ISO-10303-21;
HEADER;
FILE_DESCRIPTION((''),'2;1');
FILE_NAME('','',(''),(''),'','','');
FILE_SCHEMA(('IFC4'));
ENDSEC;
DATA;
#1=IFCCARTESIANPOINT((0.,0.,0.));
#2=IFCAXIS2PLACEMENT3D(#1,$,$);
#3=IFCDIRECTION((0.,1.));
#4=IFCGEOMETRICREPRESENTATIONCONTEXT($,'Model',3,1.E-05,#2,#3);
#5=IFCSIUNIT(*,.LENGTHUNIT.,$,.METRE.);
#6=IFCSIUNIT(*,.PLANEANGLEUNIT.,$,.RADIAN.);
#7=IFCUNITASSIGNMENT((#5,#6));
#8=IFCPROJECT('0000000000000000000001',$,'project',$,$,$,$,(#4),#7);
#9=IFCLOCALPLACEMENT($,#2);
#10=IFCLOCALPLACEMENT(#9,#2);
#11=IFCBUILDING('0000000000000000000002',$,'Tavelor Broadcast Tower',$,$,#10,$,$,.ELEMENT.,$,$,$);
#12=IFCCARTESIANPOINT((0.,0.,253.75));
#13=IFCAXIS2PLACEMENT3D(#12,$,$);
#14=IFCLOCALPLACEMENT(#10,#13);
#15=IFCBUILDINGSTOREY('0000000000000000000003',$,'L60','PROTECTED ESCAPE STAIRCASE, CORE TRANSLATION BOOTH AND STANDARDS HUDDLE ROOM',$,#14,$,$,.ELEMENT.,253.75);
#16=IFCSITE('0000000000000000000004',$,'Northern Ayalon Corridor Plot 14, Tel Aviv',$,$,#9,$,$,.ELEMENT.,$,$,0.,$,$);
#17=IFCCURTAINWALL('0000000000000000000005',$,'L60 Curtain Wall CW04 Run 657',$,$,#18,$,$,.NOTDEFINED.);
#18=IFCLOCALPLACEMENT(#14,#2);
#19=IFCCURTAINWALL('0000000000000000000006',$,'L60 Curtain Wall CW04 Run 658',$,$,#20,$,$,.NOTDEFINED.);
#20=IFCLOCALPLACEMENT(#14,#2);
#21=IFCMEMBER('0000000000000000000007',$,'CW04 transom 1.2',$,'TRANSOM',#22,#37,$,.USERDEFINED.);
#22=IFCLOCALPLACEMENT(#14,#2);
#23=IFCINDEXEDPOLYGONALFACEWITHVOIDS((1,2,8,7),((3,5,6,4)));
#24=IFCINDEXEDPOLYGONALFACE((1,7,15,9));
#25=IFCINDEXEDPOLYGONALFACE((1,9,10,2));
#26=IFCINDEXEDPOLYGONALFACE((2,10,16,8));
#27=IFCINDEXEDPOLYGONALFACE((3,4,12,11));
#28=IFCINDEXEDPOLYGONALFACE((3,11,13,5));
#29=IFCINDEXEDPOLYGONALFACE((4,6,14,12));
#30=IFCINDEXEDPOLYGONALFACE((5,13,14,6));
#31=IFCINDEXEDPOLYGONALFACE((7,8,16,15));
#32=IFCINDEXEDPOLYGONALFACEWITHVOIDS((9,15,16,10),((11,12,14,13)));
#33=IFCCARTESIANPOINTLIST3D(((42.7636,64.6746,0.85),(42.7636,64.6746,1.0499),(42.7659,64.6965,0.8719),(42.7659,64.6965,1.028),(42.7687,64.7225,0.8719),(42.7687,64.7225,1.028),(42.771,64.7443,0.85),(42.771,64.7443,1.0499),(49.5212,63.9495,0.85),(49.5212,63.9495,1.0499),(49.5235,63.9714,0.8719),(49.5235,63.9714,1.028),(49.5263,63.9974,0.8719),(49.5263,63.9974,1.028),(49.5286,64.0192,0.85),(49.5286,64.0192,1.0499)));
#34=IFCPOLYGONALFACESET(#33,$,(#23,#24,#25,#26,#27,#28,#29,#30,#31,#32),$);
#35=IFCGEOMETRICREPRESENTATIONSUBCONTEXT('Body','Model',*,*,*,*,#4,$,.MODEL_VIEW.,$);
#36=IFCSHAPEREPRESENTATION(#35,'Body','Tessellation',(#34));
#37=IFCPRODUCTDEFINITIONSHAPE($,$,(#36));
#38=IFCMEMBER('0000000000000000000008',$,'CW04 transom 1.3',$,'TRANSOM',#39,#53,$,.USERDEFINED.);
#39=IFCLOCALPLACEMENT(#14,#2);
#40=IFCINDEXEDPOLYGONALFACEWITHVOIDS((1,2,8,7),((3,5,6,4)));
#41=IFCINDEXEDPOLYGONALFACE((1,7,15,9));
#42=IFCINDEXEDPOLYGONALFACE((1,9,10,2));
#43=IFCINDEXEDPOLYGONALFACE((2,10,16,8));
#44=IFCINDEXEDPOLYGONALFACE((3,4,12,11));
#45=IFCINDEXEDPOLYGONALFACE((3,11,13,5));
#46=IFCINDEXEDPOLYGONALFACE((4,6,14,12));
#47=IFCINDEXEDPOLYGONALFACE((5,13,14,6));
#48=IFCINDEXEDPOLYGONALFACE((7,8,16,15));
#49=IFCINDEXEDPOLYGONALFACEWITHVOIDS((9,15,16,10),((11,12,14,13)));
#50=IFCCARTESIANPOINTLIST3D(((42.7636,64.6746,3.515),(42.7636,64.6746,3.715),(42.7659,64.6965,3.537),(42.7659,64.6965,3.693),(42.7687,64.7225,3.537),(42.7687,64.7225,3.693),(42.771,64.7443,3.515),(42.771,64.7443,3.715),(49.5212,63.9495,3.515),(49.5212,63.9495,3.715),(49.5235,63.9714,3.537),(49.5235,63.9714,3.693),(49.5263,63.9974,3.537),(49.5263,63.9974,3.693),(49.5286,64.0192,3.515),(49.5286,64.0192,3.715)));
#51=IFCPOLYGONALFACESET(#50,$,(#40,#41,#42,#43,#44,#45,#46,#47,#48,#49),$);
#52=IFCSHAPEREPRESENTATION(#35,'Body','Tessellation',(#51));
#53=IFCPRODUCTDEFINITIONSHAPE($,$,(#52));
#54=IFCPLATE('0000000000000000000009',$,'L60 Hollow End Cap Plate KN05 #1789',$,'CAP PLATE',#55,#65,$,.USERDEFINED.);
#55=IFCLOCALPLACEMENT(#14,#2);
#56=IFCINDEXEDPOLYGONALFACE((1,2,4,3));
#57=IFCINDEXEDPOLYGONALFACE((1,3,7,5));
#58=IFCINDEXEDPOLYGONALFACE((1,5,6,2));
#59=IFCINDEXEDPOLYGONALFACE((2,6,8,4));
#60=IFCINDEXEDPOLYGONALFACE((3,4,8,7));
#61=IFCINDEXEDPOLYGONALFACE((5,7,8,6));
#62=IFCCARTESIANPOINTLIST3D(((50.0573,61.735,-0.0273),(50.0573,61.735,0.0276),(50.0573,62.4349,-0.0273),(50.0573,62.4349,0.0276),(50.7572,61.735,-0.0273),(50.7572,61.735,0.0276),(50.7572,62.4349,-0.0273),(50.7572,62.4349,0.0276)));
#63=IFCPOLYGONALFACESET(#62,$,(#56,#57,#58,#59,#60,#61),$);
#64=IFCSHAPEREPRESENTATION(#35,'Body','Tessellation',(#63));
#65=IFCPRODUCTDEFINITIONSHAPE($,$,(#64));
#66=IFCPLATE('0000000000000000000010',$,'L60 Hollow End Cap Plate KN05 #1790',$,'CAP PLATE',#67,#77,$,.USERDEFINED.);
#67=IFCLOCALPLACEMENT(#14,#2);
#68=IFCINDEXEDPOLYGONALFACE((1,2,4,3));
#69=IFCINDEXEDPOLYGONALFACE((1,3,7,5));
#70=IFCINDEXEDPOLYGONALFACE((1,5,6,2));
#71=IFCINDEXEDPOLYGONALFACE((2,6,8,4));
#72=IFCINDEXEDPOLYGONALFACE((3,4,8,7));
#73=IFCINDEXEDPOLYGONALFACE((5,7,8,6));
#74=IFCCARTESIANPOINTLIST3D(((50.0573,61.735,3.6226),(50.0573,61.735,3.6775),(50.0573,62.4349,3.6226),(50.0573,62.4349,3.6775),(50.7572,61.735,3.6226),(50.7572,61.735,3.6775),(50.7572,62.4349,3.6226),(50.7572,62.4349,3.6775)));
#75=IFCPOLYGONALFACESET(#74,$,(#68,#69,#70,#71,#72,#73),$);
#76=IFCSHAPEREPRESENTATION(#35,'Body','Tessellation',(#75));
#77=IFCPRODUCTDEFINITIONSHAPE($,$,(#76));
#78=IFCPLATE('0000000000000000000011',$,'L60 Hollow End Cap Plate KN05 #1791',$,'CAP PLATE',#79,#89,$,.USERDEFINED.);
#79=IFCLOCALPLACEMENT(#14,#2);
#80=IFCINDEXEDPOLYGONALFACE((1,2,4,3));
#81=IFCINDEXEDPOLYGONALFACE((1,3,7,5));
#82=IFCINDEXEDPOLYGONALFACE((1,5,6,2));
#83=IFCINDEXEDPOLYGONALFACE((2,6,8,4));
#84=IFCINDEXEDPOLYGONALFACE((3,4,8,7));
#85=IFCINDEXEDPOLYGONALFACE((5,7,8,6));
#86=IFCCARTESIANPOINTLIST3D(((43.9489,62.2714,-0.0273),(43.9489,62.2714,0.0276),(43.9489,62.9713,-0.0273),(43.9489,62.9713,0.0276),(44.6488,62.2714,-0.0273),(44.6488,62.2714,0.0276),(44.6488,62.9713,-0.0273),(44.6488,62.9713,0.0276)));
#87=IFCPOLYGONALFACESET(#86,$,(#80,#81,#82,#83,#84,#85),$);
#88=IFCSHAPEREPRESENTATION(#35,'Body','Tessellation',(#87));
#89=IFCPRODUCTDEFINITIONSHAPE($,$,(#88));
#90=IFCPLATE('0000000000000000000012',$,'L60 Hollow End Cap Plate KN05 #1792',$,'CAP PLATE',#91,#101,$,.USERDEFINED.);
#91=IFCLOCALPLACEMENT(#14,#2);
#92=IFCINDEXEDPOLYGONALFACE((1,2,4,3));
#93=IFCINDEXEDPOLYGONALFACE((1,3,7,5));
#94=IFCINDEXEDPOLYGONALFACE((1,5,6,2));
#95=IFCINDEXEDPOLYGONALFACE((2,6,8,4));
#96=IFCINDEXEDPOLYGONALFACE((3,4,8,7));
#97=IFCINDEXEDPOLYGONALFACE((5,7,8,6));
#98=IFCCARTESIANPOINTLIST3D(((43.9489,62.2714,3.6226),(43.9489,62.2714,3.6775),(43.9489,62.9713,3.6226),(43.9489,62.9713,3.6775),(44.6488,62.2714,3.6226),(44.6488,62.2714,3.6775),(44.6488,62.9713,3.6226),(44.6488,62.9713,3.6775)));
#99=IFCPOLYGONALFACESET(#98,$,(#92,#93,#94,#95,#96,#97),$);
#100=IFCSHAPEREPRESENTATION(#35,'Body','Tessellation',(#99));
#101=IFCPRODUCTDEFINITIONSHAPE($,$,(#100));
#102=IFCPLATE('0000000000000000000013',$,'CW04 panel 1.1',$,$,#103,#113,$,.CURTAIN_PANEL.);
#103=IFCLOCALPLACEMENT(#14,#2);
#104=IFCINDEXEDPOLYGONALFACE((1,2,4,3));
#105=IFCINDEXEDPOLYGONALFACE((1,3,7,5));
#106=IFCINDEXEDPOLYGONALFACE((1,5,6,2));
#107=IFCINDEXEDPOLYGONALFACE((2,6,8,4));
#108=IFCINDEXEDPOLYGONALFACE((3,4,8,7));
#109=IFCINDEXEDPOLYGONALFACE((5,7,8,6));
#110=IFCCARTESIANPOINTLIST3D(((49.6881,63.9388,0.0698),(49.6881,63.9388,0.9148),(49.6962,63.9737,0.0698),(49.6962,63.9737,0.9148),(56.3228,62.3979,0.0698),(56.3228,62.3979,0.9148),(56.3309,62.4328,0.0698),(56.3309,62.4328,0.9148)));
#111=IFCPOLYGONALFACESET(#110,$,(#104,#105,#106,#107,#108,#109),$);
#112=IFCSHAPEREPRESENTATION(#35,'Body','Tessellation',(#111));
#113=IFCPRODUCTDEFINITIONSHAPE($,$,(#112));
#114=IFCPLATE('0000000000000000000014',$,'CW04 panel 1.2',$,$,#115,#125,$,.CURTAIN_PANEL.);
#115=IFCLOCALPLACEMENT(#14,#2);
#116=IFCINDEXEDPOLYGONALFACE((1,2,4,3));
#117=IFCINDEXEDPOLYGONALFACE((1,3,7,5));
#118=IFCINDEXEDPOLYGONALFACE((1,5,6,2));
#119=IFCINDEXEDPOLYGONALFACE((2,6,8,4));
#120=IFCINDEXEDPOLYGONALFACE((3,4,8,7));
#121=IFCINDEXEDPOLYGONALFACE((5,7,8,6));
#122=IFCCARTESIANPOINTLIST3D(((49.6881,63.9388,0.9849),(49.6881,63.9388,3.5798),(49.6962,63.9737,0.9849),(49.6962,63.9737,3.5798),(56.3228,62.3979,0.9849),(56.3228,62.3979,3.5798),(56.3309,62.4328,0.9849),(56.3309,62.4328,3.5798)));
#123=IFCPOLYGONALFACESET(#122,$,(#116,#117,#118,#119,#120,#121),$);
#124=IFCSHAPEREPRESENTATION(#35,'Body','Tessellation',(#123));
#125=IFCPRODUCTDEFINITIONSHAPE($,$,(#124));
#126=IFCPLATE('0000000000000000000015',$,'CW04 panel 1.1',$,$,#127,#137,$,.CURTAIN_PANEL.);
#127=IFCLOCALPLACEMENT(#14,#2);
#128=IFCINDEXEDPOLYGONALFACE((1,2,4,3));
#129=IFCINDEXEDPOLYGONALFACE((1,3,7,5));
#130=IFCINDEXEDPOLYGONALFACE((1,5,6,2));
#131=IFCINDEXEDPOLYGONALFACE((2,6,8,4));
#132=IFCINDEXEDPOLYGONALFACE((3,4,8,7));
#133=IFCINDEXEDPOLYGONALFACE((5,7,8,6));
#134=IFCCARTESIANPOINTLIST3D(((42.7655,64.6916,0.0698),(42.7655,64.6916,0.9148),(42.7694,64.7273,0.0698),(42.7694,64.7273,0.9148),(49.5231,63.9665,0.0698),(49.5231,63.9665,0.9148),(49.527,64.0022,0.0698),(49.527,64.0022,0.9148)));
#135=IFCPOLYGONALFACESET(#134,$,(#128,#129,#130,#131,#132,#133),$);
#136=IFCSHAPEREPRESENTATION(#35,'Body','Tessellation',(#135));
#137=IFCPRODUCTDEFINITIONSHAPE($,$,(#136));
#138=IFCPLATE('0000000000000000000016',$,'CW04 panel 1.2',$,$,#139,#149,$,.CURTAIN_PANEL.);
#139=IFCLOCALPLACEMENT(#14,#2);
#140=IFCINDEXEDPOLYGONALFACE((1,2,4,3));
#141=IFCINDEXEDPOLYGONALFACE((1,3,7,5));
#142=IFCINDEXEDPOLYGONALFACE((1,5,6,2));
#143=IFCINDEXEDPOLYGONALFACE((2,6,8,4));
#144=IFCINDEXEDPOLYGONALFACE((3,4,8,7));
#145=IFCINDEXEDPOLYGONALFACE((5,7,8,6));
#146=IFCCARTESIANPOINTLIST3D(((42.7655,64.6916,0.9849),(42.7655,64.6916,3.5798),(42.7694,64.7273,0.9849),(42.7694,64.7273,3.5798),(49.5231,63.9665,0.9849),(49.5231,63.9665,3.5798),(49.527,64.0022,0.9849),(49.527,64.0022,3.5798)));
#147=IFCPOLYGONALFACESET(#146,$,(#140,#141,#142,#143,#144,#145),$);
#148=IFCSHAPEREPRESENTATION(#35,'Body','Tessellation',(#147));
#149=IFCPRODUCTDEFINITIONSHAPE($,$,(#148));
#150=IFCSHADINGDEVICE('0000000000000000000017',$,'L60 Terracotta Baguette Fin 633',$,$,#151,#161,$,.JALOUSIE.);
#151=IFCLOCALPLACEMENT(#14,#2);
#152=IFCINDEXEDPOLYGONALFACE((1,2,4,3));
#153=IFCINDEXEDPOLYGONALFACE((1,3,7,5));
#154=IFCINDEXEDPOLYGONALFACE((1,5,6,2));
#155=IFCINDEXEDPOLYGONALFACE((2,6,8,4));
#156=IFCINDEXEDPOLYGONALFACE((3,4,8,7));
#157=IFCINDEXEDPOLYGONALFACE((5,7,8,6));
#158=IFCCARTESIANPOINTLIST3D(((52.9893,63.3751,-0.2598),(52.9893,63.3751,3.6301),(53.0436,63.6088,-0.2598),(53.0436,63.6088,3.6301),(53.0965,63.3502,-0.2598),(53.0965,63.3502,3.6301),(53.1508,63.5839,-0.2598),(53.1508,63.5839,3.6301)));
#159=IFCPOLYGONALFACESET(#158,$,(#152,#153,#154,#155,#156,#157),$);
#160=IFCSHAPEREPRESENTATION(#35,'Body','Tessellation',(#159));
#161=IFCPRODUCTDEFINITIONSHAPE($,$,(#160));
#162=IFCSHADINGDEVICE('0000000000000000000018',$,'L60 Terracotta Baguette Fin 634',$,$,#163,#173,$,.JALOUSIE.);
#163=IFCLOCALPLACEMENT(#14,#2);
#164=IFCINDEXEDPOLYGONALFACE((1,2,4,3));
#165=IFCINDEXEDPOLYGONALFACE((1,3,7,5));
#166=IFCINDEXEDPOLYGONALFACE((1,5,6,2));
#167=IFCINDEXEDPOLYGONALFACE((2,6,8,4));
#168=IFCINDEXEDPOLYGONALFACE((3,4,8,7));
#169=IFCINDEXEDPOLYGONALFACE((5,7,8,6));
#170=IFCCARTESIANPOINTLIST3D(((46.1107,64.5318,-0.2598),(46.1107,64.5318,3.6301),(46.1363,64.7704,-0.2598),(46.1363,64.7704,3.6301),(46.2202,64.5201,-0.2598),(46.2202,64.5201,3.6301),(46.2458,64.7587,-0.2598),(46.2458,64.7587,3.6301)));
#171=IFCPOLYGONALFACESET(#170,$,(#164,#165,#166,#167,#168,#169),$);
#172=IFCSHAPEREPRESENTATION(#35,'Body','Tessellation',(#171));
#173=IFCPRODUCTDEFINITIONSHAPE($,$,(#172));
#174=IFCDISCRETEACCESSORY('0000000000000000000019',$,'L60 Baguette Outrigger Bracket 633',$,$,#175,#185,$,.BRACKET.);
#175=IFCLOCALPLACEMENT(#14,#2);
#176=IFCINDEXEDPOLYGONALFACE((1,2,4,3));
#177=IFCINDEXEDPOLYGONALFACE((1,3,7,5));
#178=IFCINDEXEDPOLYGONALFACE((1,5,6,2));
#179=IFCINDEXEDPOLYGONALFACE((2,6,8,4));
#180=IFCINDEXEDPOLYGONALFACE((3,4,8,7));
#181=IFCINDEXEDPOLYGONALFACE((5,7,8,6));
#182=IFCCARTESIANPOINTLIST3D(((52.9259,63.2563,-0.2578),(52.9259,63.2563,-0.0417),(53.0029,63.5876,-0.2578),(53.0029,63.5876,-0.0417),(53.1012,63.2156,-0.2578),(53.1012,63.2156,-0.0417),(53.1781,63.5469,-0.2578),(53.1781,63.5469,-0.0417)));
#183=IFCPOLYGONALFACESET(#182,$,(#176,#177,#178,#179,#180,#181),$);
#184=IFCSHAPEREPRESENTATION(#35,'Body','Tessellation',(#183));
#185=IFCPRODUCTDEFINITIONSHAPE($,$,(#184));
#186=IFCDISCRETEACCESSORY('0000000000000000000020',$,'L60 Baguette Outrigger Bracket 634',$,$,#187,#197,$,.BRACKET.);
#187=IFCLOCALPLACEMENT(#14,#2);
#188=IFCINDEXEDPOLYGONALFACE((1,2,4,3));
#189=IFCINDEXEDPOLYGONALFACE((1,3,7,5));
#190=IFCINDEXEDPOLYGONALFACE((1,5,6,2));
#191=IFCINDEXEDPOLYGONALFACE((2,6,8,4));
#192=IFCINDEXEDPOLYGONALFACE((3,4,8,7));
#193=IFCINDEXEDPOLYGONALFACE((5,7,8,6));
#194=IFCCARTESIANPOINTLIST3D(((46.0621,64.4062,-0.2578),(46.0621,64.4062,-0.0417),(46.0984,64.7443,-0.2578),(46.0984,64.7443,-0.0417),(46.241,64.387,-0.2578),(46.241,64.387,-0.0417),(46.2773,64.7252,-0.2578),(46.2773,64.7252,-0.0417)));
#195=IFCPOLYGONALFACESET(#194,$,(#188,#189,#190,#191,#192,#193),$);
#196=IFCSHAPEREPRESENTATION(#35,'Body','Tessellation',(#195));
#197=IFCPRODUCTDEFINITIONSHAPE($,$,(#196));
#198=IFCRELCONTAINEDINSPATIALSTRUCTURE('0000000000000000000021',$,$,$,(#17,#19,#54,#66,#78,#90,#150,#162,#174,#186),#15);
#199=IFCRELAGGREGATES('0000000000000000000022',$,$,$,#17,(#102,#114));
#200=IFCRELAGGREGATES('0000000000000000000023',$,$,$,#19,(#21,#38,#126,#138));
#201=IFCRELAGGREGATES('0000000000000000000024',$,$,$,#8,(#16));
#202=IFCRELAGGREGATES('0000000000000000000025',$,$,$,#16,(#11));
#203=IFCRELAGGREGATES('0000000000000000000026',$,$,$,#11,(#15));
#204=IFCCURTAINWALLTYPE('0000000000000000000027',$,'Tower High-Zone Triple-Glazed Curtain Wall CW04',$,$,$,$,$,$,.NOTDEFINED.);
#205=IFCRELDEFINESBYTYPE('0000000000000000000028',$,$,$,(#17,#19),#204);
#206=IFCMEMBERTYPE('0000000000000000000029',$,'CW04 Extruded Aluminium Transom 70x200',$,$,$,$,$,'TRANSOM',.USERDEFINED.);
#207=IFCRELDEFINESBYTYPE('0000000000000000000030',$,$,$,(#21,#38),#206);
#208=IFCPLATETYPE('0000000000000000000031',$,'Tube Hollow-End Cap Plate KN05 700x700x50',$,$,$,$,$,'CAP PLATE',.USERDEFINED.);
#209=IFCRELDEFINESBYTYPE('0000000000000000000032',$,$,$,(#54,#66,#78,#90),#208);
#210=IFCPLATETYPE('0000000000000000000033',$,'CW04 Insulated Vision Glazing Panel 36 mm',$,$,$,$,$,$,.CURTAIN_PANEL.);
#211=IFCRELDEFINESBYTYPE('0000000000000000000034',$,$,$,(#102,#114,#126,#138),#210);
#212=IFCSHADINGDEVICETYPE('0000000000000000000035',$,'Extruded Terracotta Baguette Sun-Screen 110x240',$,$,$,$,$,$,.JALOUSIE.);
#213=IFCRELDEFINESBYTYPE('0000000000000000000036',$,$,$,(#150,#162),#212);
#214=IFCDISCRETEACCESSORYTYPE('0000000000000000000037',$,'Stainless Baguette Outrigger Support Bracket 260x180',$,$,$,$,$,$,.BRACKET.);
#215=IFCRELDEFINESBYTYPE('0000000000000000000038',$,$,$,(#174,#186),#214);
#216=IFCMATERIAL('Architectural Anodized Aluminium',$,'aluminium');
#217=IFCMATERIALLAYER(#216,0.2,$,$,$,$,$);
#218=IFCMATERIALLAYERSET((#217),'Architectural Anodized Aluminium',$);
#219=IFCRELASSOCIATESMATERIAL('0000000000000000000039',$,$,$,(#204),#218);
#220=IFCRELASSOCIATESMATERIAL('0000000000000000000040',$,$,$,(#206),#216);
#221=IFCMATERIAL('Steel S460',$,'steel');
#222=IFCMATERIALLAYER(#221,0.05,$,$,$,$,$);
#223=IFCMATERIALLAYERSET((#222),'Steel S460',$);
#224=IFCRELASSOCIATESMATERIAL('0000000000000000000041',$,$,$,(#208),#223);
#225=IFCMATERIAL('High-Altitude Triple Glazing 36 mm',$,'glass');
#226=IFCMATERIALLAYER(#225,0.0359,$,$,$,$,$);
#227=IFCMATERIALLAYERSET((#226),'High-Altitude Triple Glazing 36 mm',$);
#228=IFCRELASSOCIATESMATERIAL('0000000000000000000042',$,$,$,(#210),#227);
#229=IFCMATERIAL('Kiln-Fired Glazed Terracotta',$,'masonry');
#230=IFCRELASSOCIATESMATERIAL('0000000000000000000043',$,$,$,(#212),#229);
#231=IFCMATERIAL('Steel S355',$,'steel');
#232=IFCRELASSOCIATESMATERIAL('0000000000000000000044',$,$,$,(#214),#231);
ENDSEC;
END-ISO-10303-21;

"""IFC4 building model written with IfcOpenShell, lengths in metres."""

from ifc_helpers import new_model, si_unit, direction, frame, origin, origin_2d, place, context, subcontext, project, spatial, rectangle, hollow_rectangle, extrude, source, transform, mapped, material, layer, layer_set, material_profile, profile_set, type_object, type_shapes, element, aggregate, save


model = new_model("IFC4")

# Units and contexts
model_context = context("Model", 3, precision=1e-05, world=origin(), true_north=direction((0.0, 1.0)))
body_context = subcontext(model_context, "Body", "Model", "MODEL_VIEW")
ifc_project = project(units=[si_unit("LENGTHUNIT", "METRE"), si_unit("PLANEANGLEUNIT", "RADIAN")], contexts=[model_context])

# Site, building, storey
site_placement = place(None, origin())
site = spatial("IfcSite", under=ifc_project, at=site_placement, Name="Northern Ayalon Corridor Plot 14, Tel Aviv", CompositionType="ELEMENT", RefElevation=0.0)
building_placement = place(site_placement, origin())
building = spatial("IfcBuilding", under=site, at=building_placement, Name="Tavelor Broadcast Tower", CompositionType="ELEMENT")
storey_placement = place(building_placement, frame((0.0, 0.0, 253.75)))
storey = spatial("IfcBuildingStorey", under=building, at=storey_placement, Name="L60", Description="PROTECTED ESCAPE STAIRCASE, CORE TRANSLATION BOOTH AND STANDARDS HUDDLE ROOM", CompositionType="ELEMENT", Elevation=253.75)

# Shared definitions
ifc_material_1 = material(Name="Steel S460", Category="steel")

# Shared definitions
ifc_material_2 = material(Name="Steel S355", Category="steel")

# Curtain wall
ifc_material_3 = material(Name="Architectural Anodized Aluminium", Category="aluminium")
ifc_layer_1 = layer(ifc_material_3, 0.2)
ifc_layer_set_1 = layer_set([ifc_layer_1], Name="Architectural Anodized Aluminium")
curtain_wall_type = type_object("IfcCurtainWallType", Name="Tower High-Zone Triple-Glazed Curtain Wall CW04", PredefinedType="NOTDEFINED", material=ifc_layer_set_1)
curtain_wall_1_placement = place(storey_placement, origin())
curtain_wall_1 = element("IfcCurtainWall", 1, at=curtain_wall_1_placement, inside=storey, type_object=curtain_wall_type, Name="L60 Curtain Wall CW04 Run 657", PredefinedType="NOTDEFINED")

# Curtain wall, members
curtain_wall_2_placement = place(storey_placement, origin())
curtain_wall_2 = element("IfcCurtainWall", 2, at=curtain_wall_2_placement, inside=storey, type_object=curtain_wall_type, Name="L60 Curtain Wall CW04 Run 658", PredefinedType="NOTDEFINED")
ifc_material_profile_1 = material_profile(ifc_material_3, hollow_rectangle(XDim=0.0701, YDim=0.2, WallThickness=0.022, at=origin_2d()), Name="RHS 70x200x22")
ifc_profile_set_1 = profile_set([ifc_material_profile_1], Name="Architectural Anodized Aluminium")
member_type_1 = type_object("IfcMemberType", Name="CW04 Extruded Aluminium Transom 70x200", ElementType="TRANSOM", PredefinedType="USERDEFINED", material=ifc_profile_set_1)
shared_shape_1 = source(origin(), body_context, "Body", "SweptSolid", [
    extrude(hollow_rectangle(XDim=0.0701, YDim=0.2, WallThickness=0.022, at=origin_2d()), origin(), (0.0, 0.0, 1.0), 6.7964),
])
type_shapes(member_type_1, [shared_shape_1])
member_1_placement = place(storey_placement, frame((49.5249, 63.9844, 0.95), z_axis=(-0.994292, 0.106689, 0.0), x_axis=(-0.106689, -0.994292, 0.0)))
member_1 = element("IfcMember", 3, at=member_1_placement, type_object=member_type_1, Name="CW04 transom 1.2", ObjectType="TRANSOM", PredefinedType="USERDEFINED", context=body_context, shape_type="MappedRepresentation", body=[
    mapped(shared_shape_1, transform((0.0, 0.0, 0.0), scale=1.0)),
])
member_2_placement = place(storey_placement, frame((49.5249, 63.9844, 3.615), z_axis=(-0.994292, 0.106689, 0.0), x_axis=(-0.106689, -0.994292, 0.0)))
member_2 = element("IfcMember", 4, at=member_2_placement, type_object=member_type_1, Name="CW04 transom 1.3", ObjectType="TRANSOM", PredefinedType="USERDEFINED", context=body_context, shape_type="MappedRepresentation", body=[
    mapped(shared_shape_1, transform((0.0, 0.0, 0.0), scale=1.0)),
])

# Plates
ifc_layer_2 = layer(ifc_material_1, 0.05)
ifc_layer_set_2 = layer_set([ifc_layer_2], Name="Steel S460")
plate_type_1 = type_object("IfcPlateType", Name="Tube Hollow-End Cap Plate KN05 700x700x50", ElementType="CAP PLATE", PredefinedType="USERDEFINED", material=ifc_layer_set_2)
shared_shape_2 = source(origin(), body_context, "Body", "SweptSolid", [
    extrude(rectangle(XDim=0.7, YDim=0.7, at=origin_2d()), origin(), (0.0, 0.0, 1.0), 0.0549),
])
type_shapes(plate_type_1, [shared_shape_2])
for number, where, z_axis, x_axis, name in (
    (5, (50.4072, 62.085, -0.0273), (0.0, 0.0, 1.0), (1.0, 0.0, 0.0), "L60 Hollow End Cap Plate KN05 #1789"),
    (6, (50.4072, 62.085, 3.6226), (0.0, 0.0, 1.0), (1.0, 0.0, 0.0), "L60 Hollow End Cap Plate KN05 #1790"),
    (7, (44.2988, 62.6213, -0.0273), (0.0, 0.0, 1.0), (1.0, 0.0, 0.0), "L60 Hollow End Cap Plate KN05 #1791"),
    (8, (44.2988, 62.6213, 3.6226), (0.0, 0.0, 1.0), (1.0, 0.0, 0.0), "L60 Hollow End Cap Plate KN05 #1792"),
):
    element("IfcPlate", number, at=place(storey_placement, frame(where, z_axis=z_axis, x_axis=x_axis)), inside=storey, type_object=plate_type_1, Name=name, ObjectType="CAP PLATE", PredefinedType="USERDEFINED", context=body_context, shape_type="MappedRepresentation", body=[
        mapped(shared_shape_2, transform((0.0, 0.0, 0.0), scale=1.0)),
    ])

# Plates
ifc_material_4 = material(Name="High-Altitude Triple Glazing 36 mm", Category="glass")
ifc_layer_3 = layer(ifc_material_4, 0.0359)
ifc_layer_set_3 = layer_set([ifc_layer_3], Name="High-Altitude Triple Glazing 36 mm")
plate_type_2 = type_object("IfcPlateType", Name="CW04 Insulated Vision Glazing Panel 36 mm", PredefinedType="CURTAIN_PANEL", material=ifc_layer_set_3)
shared_shape_3 = source(origin(), body_context, "Body", "SweptSolid", [
    extrude(rectangle(XDim=6.8113, YDim=0.0359, at=origin_2d()), origin(), (0.0, 0.0, 1.0), 0.845),
])
plate_1_placement = place(storey_placement, frame((53.0095, 63.1858, 0.0698), z_axis=(0.0, 0.0, 1.0), x_axis=(-0.974074, 0.22623, 0.0)))
plate_1 = element("IfcPlate", 9, at=plate_1_placement, type_object=plate_type_2, Name="CW04 panel 1.1", PredefinedType="CURTAIN_PANEL", context=body_context, shape_type="MappedRepresentation", body=[
    mapped(shared_shape_3, transform((0.0, 0.0, 0.0), scale=1.0)),
])
shared_shape_4 = source(origin(), body_context, "Body", "SweptSolid", [
    extrude(rectangle(XDim=6.8113, YDim=0.0359, at=origin_2d()), origin(), (0.0, 0.0, 1.0), 2.595),
])
plate_2_placement = place(storey_placement, frame((53.0095, 63.1858, 0.9849), z_axis=(0.0, 0.0, 1.0), x_axis=(-0.974074, 0.22623, 0.0)))
plate_2 = element("IfcPlate", 10, at=plate_2_placement, type_object=plate_type_2, Name="CW04 panel 1.2", PredefinedType="CURTAIN_PANEL", context=body_context, shape_type="MappedRepresentation", body=[
    mapped(shared_shape_4, transform((0.0, 0.0, 0.0), scale=1.0)),
])
aggregate(curtain_wall_1, [plate_1, plate_2])
shared_shape_5 = source(origin(), body_context, "Body", "SweptSolid", [
    extrude(rectangle(XDim=6.7964, YDim=0.0359, at=origin_2d()), origin(), (0.0, 0.0, 1.0), 0.845),
])
plate_3_placement = place(storey_placement, frame((46.1462, 64.3469, 0.0698), z_axis=(0.0, 0.0, 1.0), x_axis=(-0.994293, 0.106685, 0.0)))
plate_3 = element("IfcPlate", 11, at=plate_3_placement, type_object=plate_type_2, Name="CW04 panel 1.1", PredefinedType="CURTAIN_PANEL", context=body_context, shape_type="MappedRepresentation", body=[
    mapped(shared_shape_5, transform((0.0, 0.0, 0.0), scale=1.0)),
])
shared_shape_6 = source(origin(), body_context, "Body", "SweptSolid", [
    extrude(rectangle(XDim=6.7964, YDim=0.0359, at=origin_2d()), origin(), (0.0, 0.0, 1.0), 2.595),
])
type_shapes(plate_type_2, [shared_shape_3, shared_shape_4, shared_shape_5, shared_shape_6])
plate_4_placement = place(storey_placement, frame((46.1462, 64.3469, 0.9849), z_axis=(0.0, 0.0, 1.0), x_axis=(-0.994293, 0.106685, 0.0)))
plate_4 = element("IfcPlate", 12, at=plate_4_placement, type_object=plate_type_2, Name="CW04 panel 1.2", PredefinedType="CURTAIN_PANEL", context=body_context, shape_type="MappedRepresentation", body=[
    mapped(shared_shape_6, transform((0.0, 0.0, 0.0), scale=1.0)),
])
aggregate(curtain_wall_2, [member_1, member_2, plate_3, plate_4])

# Shading devices
ifc_material_5 = material(Name="Kiln-Fired Glazed Terracotta", Category="masonry")
shading_device_type = type_object("IfcShadingDeviceType", Name="Extruded Terracotta Baguette Sun-Screen 110x240", PredefinedType="JALOUSIE", material=ifc_material_5)
shared_shape_7 = source(origin(), body_context, "Body", "SweptSolid", [
    extrude(rectangle(XDim=0.1101, YDim=0.24, at=origin_2d()), origin(), (0.0, 0.0, 1.0), 3.8899),
])
type_shapes(shading_device_type, [shared_shape_7])
for number, where, z_axis, x_axis, name in (
    (13, (53.0701, 63.4795, -0.2598), (0.0, 0.0, 1.0), (-0.974055, 0.226311, 0.0), "L60 Terracotta Baguette Fin 633"),
    (14, (46.1782, 64.6453, -0.2598), (0.0, 0.0, 1.0), (-0.994301, 0.106611, 0.0), "L60 Terracotta Baguette Fin 634"),
):
    element("IfcShadingDevice", number, at=place(storey_placement, frame(where, z_axis=z_axis, x_axis=x_axis)), inside=storey, type_object=shading_device_type, Name=name, PredefinedType="JALOUSIE", context=body_context, shape_type="MappedRepresentation", body=[
        mapped(shared_shape_7, transform((0.0, 0.0, 0.0), scale=1.0)),
    ])

# Discrete accessories
discrete_accessory_type = type_object("IfcDiscreteAccessoryType", Name="Stainless Baguette Outrigger Support Bracket 260x180", PredefinedType="BRACKET", material=ifc_material_2)
shared_shape_8 = source(origin(), body_context, "Body", "SweptSolid", [
    extrude(rectangle(XDim=0.1799, YDim=0.3401, at=origin_2d()), origin(), (0.0, 0.0, 1.0), 0.2161),
])
type_shapes(discrete_accessory_type, [shared_shape_8])
for number, where, z_axis, x_axis, name in (
    (15, (53.052, 63.4016, -0.2578), (0.0, 0.0, 1.0), (-0.974055, 0.226311, 0.0), "L60 Baguette Outrigger Bracket 633"),
    (16, (46.1697, 64.5657, -0.2578), (0.0, 0.0, 1.0), (-0.994301, 0.106611, 0.0), "L60 Baguette Outrigger Bracket 634"),
):
    element("IfcDiscreteAccessory", number, at=place(storey_placement, frame(where, z_axis=z_axis, x_axis=x_axis)), inside=storey, type_object=discrete_accessory_type, Name=name, PredefinedType="BRACKET", context=body_context, shape_type="MappedRepresentation", body=[
        mapped(shared_shape_8, transform((0.0, 0.0, 0.0), scale=1.0)),
    ])

save(model, "model.ifc")
